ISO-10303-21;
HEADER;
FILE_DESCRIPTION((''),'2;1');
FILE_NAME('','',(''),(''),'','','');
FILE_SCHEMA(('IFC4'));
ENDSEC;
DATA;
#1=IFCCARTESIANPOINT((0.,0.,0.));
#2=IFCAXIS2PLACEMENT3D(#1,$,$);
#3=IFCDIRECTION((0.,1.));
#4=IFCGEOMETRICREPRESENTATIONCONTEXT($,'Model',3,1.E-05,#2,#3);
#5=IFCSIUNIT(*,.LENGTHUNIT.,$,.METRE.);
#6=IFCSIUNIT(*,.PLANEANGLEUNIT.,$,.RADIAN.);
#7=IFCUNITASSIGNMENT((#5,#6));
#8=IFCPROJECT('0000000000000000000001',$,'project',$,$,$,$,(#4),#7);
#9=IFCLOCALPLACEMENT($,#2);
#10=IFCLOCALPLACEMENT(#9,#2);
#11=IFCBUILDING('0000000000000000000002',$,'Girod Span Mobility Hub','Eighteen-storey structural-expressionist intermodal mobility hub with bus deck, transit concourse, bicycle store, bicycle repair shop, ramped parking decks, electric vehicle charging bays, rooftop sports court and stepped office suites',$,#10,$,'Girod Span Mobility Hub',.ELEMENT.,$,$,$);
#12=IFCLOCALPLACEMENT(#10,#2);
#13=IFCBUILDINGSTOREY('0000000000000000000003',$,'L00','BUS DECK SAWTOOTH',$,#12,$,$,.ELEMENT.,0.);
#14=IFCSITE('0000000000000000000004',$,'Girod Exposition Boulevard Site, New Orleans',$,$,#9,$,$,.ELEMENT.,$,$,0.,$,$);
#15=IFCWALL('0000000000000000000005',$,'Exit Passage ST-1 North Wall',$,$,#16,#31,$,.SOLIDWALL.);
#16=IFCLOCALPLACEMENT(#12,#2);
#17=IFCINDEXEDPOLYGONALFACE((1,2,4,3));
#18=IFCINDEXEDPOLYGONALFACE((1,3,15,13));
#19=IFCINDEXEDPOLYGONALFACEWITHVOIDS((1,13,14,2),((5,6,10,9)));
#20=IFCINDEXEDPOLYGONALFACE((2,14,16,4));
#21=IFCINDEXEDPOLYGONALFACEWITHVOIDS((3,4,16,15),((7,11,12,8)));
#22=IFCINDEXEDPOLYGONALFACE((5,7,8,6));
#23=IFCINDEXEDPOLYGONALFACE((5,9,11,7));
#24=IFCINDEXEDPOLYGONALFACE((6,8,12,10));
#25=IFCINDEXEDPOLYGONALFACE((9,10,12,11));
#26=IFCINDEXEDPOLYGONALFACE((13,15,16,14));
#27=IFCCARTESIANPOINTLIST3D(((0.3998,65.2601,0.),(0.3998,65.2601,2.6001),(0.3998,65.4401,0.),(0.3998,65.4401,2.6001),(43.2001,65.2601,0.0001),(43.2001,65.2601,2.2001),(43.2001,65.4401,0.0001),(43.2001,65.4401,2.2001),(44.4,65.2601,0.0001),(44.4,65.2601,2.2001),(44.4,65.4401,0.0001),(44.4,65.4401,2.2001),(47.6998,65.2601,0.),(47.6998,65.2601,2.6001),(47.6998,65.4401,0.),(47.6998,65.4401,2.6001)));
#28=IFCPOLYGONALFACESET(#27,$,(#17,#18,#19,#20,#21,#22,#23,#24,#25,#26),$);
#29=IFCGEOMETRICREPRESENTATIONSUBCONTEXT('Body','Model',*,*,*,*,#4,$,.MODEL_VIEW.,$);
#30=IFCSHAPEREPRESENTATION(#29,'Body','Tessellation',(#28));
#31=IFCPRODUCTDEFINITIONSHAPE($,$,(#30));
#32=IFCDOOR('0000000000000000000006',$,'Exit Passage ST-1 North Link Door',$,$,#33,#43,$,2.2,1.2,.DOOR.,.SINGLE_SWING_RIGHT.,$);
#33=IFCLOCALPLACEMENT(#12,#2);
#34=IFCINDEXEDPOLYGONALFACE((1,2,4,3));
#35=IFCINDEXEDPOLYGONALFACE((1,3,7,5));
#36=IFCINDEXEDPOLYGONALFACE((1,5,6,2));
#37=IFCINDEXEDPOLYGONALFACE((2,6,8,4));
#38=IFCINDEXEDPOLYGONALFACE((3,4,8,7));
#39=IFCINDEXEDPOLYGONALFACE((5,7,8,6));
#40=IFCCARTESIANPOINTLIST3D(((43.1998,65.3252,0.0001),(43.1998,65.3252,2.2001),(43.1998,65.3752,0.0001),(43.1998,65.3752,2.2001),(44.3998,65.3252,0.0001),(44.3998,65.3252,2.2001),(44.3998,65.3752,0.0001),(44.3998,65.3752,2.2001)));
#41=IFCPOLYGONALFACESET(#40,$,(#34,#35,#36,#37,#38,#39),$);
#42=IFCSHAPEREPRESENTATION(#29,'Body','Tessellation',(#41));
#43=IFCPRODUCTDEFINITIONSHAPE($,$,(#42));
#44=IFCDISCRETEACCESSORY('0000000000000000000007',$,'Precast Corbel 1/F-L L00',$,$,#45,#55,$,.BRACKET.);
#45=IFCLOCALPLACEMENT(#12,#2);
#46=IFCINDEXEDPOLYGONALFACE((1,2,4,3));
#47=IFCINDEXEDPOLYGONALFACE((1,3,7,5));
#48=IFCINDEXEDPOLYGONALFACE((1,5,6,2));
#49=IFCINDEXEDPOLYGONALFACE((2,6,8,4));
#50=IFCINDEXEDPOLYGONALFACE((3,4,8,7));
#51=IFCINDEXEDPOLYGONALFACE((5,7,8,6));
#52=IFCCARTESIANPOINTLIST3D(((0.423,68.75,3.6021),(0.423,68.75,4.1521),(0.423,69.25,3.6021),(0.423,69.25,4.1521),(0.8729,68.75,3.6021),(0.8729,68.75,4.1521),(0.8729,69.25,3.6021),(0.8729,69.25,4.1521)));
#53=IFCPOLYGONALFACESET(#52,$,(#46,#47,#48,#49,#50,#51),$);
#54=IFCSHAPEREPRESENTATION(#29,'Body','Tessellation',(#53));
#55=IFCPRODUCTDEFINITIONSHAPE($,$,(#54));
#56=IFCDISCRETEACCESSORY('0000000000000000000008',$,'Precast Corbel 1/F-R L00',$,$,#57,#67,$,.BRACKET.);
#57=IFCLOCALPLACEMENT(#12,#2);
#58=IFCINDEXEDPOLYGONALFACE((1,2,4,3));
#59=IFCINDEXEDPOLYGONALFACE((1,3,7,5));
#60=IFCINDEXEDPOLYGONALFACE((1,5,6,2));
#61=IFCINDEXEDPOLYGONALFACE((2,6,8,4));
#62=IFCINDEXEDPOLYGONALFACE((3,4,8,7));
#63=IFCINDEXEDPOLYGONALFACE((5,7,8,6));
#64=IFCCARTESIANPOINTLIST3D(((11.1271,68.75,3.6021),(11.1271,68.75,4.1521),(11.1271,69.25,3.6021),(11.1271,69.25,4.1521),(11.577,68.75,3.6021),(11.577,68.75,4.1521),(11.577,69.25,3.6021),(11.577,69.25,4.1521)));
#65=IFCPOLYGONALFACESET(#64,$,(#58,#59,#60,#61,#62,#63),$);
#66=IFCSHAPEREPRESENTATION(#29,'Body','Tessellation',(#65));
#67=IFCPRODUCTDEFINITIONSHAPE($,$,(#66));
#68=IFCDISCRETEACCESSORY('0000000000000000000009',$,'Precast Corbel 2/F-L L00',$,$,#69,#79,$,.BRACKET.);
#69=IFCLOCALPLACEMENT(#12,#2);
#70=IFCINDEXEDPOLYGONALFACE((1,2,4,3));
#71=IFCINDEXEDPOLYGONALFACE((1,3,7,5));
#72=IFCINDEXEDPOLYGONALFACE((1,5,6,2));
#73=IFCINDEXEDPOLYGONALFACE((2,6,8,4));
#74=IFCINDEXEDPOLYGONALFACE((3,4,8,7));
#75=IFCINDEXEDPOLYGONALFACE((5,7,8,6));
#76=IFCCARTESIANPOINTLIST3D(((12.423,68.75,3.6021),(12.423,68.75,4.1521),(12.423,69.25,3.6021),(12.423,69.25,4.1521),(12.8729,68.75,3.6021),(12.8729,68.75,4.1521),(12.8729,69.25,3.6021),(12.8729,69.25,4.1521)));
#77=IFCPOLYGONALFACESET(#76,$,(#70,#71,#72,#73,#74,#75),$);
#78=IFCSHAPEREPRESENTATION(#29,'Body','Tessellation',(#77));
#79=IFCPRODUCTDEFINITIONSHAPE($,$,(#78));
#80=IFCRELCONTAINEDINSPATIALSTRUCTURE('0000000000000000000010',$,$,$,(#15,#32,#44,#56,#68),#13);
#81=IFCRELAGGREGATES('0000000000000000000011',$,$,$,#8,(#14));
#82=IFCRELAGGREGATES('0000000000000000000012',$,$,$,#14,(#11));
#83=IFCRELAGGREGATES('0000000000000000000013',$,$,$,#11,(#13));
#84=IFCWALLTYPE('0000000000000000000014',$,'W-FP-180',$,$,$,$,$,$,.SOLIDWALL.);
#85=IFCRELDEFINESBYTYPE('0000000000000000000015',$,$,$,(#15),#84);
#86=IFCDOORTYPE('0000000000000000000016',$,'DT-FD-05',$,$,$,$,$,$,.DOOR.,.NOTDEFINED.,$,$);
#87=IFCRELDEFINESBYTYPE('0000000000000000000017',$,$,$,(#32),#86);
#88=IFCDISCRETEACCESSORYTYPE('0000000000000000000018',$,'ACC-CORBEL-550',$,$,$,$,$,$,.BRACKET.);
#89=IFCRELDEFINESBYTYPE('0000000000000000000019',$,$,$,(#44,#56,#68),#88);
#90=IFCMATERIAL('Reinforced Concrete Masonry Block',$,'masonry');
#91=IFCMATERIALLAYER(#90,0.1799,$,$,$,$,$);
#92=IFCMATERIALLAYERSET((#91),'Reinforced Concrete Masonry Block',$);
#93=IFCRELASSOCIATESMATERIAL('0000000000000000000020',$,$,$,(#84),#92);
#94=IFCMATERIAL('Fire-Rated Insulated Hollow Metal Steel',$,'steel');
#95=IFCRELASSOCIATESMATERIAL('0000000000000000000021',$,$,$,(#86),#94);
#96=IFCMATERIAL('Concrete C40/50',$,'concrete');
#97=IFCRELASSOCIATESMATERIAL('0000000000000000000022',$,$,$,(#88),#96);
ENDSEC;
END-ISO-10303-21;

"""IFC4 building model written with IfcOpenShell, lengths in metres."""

from ifc_helpers import new_model, si_unit, direction, frame, frame_2d, origin, origin_2d, place, context, subcontext, project, spatial, rectangle, extrude, material, layer, layer_set, type_object, element, fill, save


model = new_model("IFC4")

# Units and contexts
model_context = context("Model", 3, precision=1e-05, world=origin(), true_north=direction((0.0, 1.0)))
body_context = subcontext(model_context, "Body", "Model", "MODEL_VIEW")
ifc_project = project(units=[si_unit("LENGTHUNIT", "METRE"), si_unit("PLANEANGLEUNIT", "RADIAN")], contexts=[model_context])

# Site, building, storey
site_placement = place(None, origin())
site = spatial("IfcSite", under=ifc_project, at=site_placement, Name="Girod Exposition Boulevard Site, New Orleans", CompositionType="ELEMENT", RefElevation=0.0)
building_placement = place(site_placement, origin())
building = spatial("IfcBuilding", under=site, at=building_placement, Name="Girod Span Mobility Hub", Description="Eighteen-storey structural-expressionist intermodal mobility hub with bus deck, transit concourse, bicycle store, bicycle repair shop, ramped parking decks, electric vehicle charging bays, rooftop sports court and stepped office suites", LongName="Girod Span Mobility Hub", CompositionType="ELEMENT")
storey_placement = place(building_placement, origin())
storey = spatial("IfcBuildingStorey", under=building, at=storey_placement, Name="L00", Description="BUS DECK SAWTOOTH", CompositionType="ELEMENT", Elevation=0.0)

# Wall, opening, door
ifc_material_1 = material(Name="Reinforced Concrete Masonry Block", Category="masonry")
ifc_layer_1 = layer(ifc_material_1, 0.1799)
ifc_layer_set_1 = layer_set([ifc_layer_1], Name="Reinforced Concrete Masonry Block")
wall_type_1 = type_object("IfcWallType", Name="W-FP-180", PredefinedType="SOLIDWALL", material=ifc_layer_set_1)
ifc_material_2 = material(Name="Fire-Rated Insulated Hollow Metal Steel", Category="steel")
door_type_1 = type_object("IfcDoorType", Name="DT-FD-05", OperationType="NOTDEFINED", PredefinedType="DOOR", material=ifc_material_2)
wall_1_placement = place(storey_placement, frame((0.3999, 65.3501, 0.0), z_axis=(0.0, 0.0, 1.0), x_axis=(1.0, 0.0, 0.0)))
wall_1 = element("IfcWall", 1, at=wall_1_placement, inside=storey, type_object=wall_type_1, Name="Exit Passage ST-1 North Wall", PredefinedType="SOLIDWALL", context=body_context, shape_type="SweptSolid", body=[
    extrude(rectangle(XDim=47.3, YDim=0.1799, at=frame_2d((23.6499, 0.0))), origin(), (0.0, 0.0, 1.0), 2.6001),
])
opening_1_placement = place(wall_1_placement, frame((42.8, 0.0, 0.0)))
opening_1 = element("IfcOpeningElement", 2, at=opening_1_placement, cuts=wall_1, PredefinedType="OPENING", context=body_context, shape_type="SweptSolid", body=[
    extrude(rectangle(XDim=1.2, YDim=2.2, at=frame_2d((0.6001, 1.1001))), frame((0.0, 0.105, 0.0), z_axis=(0.0, -1.0, 0.0), x_axis=(1.0, 0.0, 0.0)), (0.0, 0.0, 1.0), 0.21),
])
door_1_placement = place(opening_1_placement, frame((1.2, 0.0, 0.0), z_axis=(0.0, 0.0, 1.0), x_axis=(-1.0, 0.0, 0.0)))
door_1 = element("IfcDoor", 3, at=door_1_placement, inside=storey, type_object=door_type_1, Name="Exit Passage ST-1 North Link Door", OperationType="SINGLE_SWING_RIGHT", OverallHeight=2.2, OverallWidth=1.2, PredefinedType="DOOR", context=body_context, shape_type="SweptSolid", body=[
    extrude(rectangle(XDim=1.2, YDim=2.2, at=frame_2d((0.6001, 1.1001))), frame((0.0, 0.0249, 0.0), z_axis=(0.0, -1.0, 0.0), x_axis=(1.0, 0.0, 0.0)), (0.0, 0.0, 1.0), 0.05),
])
fill(opening_1, door_1)

# Discrete accessories
ifc_material_3 = material(Name="Concrete C40/50", Category="concrete")
discrete_accessory_type = type_object("IfcDiscreteAccessoryType", Name="ACC-CORBEL-550", PredefinedType="BRACKET", material=ifc_material_3)
for number, where, z_axis, x_axis, name in (
    (4, (0.6479, 69.0, 3.6021), (0.0, 0.0, 1.0), (1.0, 0.0, 0.0), "Precast Corbel 1/F-L L00"),
    (5, (11.3521, 69.0, 3.6021), (0.0, 0.0, 1.0), (1.0, 0.0, 0.0), "Precast Corbel 1/F-R L00"),
    (6, (12.6479, 69.0, 3.6021), (0.0, 0.0, 1.0), (1.0, 0.0, 0.0), "Precast Corbel 2/F-L L00"),
):
    element("IfcDiscreteAccessory", number, at=place(storey_placement, frame(where, z_axis=z_axis, x_axis=x_axis)), inside=storey, type_object=discrete_accessory_type, Name=name, PredefinedType="BRACKET", context=body_context, shape_type="SweptSolid", body=[
        extrude(rectangle(XDim=0.45, YDim=0.5, at=origin_2d()), origin(), (0.0, 0.0, 1.0), 0.55),
    ])

save(model, "model.ifc")
